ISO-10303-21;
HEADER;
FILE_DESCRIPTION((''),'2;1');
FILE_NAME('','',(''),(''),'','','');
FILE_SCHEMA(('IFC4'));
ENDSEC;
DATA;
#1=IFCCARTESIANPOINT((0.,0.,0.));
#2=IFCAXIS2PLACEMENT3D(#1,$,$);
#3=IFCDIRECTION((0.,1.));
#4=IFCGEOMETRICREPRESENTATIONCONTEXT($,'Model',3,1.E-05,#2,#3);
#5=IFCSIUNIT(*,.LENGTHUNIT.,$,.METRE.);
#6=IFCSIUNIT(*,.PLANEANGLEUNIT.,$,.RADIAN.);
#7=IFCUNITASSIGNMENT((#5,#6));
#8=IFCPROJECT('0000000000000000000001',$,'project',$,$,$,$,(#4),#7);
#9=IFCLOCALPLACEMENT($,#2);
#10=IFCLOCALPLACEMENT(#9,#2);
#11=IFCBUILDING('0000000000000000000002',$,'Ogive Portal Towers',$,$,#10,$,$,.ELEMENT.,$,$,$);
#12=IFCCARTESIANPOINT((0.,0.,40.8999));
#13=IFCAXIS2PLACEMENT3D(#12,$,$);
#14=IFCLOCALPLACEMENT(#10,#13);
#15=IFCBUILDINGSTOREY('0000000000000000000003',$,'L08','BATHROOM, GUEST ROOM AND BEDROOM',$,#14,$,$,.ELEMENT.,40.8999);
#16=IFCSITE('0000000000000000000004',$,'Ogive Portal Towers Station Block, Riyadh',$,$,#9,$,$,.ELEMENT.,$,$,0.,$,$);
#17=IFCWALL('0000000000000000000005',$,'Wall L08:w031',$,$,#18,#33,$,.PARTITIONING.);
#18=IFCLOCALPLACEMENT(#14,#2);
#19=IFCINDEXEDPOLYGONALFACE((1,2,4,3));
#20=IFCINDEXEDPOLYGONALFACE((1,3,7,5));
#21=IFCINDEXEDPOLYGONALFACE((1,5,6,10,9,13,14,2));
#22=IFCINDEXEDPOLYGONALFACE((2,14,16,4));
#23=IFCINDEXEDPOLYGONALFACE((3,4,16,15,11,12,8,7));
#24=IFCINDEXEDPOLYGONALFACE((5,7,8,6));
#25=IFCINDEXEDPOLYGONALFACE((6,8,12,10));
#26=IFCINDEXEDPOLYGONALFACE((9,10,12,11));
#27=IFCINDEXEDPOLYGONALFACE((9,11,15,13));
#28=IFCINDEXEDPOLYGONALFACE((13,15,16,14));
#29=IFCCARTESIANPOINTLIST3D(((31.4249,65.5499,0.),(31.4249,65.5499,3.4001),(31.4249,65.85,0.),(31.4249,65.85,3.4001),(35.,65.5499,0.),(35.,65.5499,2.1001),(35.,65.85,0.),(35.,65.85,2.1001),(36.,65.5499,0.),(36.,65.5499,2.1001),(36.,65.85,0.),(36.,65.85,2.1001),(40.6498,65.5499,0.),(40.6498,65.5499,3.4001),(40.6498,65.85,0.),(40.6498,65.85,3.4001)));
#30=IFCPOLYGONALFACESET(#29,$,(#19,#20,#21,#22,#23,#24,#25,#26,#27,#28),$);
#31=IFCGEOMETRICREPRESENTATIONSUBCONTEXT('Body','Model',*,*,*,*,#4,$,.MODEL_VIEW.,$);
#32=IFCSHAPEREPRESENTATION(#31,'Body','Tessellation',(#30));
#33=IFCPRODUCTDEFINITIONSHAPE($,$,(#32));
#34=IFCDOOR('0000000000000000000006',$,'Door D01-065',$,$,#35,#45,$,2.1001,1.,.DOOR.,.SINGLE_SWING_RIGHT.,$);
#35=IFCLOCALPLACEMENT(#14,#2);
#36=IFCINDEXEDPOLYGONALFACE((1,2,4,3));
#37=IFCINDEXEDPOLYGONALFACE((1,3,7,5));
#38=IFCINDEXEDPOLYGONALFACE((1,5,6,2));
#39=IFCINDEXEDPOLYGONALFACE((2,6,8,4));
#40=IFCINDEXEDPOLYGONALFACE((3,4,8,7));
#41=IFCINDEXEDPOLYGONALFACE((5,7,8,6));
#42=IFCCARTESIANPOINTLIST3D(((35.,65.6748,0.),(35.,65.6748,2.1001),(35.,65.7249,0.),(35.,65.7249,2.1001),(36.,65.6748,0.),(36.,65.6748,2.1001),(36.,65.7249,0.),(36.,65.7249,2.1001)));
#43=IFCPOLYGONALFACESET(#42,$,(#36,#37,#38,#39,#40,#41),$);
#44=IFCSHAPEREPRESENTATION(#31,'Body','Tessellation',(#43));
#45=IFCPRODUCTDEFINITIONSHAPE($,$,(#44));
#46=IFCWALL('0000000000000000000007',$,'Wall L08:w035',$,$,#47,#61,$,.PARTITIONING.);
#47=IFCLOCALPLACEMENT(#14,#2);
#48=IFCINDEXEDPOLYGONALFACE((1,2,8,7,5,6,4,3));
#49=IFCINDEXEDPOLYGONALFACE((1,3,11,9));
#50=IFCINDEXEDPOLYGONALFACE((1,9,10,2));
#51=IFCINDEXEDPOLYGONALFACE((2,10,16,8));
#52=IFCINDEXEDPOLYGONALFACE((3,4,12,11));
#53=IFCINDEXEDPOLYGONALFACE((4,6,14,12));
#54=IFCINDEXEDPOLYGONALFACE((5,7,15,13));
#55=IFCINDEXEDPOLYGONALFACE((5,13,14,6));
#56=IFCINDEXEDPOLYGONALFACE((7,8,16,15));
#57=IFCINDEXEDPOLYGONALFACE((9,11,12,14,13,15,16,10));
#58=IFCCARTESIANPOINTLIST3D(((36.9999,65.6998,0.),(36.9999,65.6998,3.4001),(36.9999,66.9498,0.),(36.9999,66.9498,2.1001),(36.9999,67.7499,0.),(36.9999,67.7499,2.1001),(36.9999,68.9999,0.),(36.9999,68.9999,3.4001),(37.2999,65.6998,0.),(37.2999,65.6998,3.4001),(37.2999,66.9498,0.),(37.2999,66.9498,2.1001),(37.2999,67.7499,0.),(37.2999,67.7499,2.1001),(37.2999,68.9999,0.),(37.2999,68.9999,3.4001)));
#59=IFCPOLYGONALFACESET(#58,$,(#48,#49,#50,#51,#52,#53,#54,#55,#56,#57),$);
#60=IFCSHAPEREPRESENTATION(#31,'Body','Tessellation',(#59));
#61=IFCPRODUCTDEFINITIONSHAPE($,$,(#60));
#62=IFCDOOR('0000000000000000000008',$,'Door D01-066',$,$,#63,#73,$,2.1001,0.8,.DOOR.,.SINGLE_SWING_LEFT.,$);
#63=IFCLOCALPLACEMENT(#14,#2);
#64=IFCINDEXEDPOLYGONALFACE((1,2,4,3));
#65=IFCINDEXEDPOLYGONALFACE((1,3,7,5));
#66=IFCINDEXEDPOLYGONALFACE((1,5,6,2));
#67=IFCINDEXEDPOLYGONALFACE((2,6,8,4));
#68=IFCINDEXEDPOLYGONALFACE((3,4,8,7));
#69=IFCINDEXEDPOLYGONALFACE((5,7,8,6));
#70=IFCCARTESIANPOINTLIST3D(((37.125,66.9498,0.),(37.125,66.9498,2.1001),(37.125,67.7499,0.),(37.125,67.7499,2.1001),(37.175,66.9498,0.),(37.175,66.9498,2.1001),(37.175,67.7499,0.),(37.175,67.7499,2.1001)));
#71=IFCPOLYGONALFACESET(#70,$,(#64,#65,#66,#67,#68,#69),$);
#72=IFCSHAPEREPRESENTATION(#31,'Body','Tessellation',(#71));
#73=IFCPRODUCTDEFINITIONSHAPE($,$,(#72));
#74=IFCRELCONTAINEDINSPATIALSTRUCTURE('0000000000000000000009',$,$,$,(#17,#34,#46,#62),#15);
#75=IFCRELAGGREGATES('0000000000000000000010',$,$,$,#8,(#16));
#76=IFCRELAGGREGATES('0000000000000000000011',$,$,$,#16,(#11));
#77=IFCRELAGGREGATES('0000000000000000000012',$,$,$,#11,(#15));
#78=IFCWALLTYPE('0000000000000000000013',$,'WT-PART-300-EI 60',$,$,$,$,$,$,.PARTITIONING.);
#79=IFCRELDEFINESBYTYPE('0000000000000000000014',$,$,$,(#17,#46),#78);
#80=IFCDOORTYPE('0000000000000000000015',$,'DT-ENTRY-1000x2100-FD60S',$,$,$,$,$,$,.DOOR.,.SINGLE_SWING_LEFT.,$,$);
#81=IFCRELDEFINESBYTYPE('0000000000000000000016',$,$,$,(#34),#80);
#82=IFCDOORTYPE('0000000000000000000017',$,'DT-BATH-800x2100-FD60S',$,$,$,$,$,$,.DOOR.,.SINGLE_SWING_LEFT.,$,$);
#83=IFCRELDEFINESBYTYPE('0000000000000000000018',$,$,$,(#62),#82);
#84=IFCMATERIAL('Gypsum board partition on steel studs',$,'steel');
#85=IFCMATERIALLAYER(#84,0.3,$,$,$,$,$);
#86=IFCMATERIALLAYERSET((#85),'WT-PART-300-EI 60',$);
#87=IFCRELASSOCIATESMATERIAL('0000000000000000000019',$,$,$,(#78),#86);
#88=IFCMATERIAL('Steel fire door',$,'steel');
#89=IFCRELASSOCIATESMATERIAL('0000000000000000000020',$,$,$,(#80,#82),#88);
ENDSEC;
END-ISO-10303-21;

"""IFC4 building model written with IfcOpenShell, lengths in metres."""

from ifc_helpers import new_model, si_unit, direction, frame, frame_2d, origin, place, context, subcontext, project, spatial, rectangle, extrude, material, layer, layer_set, type_object, element, fill, save


model = new_model("IFC4")

# Units and contexts
model_context = context("Model", 3, precision=1e-05, world=origin(), true_north=direction((0.0, 1.0)))
body_context = subcontext(model_context, "Body", "Model", "MODEL_VIEW")
ifc_project = project(units=[si_unit("LENGTHUNIT", "METRE"), si_unit("PLANEANGLEUNIT", "RADIAN")], contexts=[model_context])

# Site, building, storey
site_placement = place(None, origin())
site = spatial("IfcSite", under=ifc_project, at=site_placement, Name="Ogive Portal Towers Station Block, Riyadh", CompositionType="ELEMENT", RefElevation=0.0)
building_placement = place(site_placement, origin())
building = spatial("IfcBuilding", under=site, at=building_placement, Name="Ogive Portal Towers", CompositionType="ELEMENT")
storey_placement = place(building_placement, frame((0.0, 0.0, 40.8999)))
storey = spatial("IfcBuildingStorey", under=building, at=storey_placement, Name="L08", Description="BATHROOM, GUEST ROOM AND BEDROOM", CompositionType="ELEMENT", Elevation=40.8999)

# Shared definitions
ifc_material_1 = material(Name="Steel fire door", Category="steel")

# Shared definitions
ifc_material_2 = material(Name="Gypsum board partition on steel studs", Category="steel")
ifc_layer_1 = layer(ifc_material_2, 0.3)
ifc_layer_set_1 = layer_set([ifc_layer_1], Name="WT-PART-300-EI 60")
wall_type_1 = type_object("IfcWallType", Name="WT-PART-300-EI 60", PredefinedType="PARTITIONING", material=ifc_layer_set_1)

# Walls, openings, doors
wall_1_placement = place(storey_placement, frame((31.425, 65.7, 0.0), z_axis=(0.0, 0.0, 1.0), x_axis=(1.0, 0.0, 0.0)))
wall_1 = element("IfcWall", 1, at=wall_1_placement, inside=storey, type_object=wall_type_1, Name="Wall L08:w031", PredefinedType="PARTITIONING", context=body_context, shape_type="SweptSolid", body=[
    extrude(rectangle(XDim=9.2249, YDim=0.3, at=frame_2d((4.6123, 0.0))), origin(), (0.0, 0.0, 1.0), 3.4001),
])
opening_1_placement = place(wall_1_placement, frame((3.575, 0.0, 0.0)))
opening_1 = element("IfcOpeningElement", 2, at=opening_1_placement, cuts=wall_1, PredefinedType="OPENING", context=body_context, shape_type="SweptSolid", body=[
    extrude(rectangle(XDim=1.0, YDim=2.1001, at=frame_2d((0.5, 1.05))), frame((0.0, 0.1602, 0.0), z_axis=(0.0, -1.0, 0.0), x_axis=(1.0, 0.0, 0.0)), (0.0, 0.0, 1.0), 0.3201),
])
door_type_1 = type_object("IfcDoorType", Name="DT-ENTRY-1000x2100-FD60S", OperationType="SINGLE_SWING_LEFT", PredefinedType="DOOR", material=ifc_material_1)
door_1_placement = place(opening_1_placement, origin())
door_1 = element("IfcDoor", 3, at=door_1_placement, inside=storey, type_object=door_type_1, Name="Door D01-065", OperationType="SINGLE_SWING_RIGHT", OverallHeight=2.1001, OverallWidth=1.0, PredefinedType="DOOR", context=body_context, shape_type="SweptSolid", body=[
    extrude(rectangle(XDim=1.0, YDim=2.1001, at=frame_2d((0.5, 1.05))), frame((0.0, 0.0249, 0.0), z_axis=(0.0, -1.0, 0.0), x_axis=(1.0, 0.0, 0.0)), (0.0, 0.0, 1.0), 0.05),
])
fill(opening_1, door_1)
wall_2_placement = place(storey_placement, frame((37.1499, 65.7, 0.0), z_axis=(0.0, 0.0, 1.0), x_axis=(0.0, 1.0, 0.0)))
wall_2 = element("IfcWall", 4, at=wall_2_placement, inside=storey, type_object=wall_type_1, Name="Wall L08:w035", PredefinedType="PARTITIONING", context=body_context, shape_type="SweptSolid", body=[
    extrude(rectangle(XDim=3.3, YDim=0.3, at=frame_2d((1.6499, 0.0))), origin(), (0.0, 0.0, 1.0), 3.4001),
])
opening_2_placement = place(wall_2_placement, frame((1.25, 0.0, 0.0)))
opening_2 = element("IfcOpeningElement", 5, at=opening_2_placement, cuts=wall_2, PredefinedType="OPENING", context=body_context, shape_type="SweptSolid", body=[
    extrude(rectangle(XDim=0.8, YDim=2.1001, at=frame_2d((0.3999, 1.05))), frame((0.0, 0.1602, 0.0), z_axis=(0.0, -1.0, 0.0), x_axis=(1.0, 0.0, 0.0)), (0.0, 0.0, 1.0), 0.3201),
])
door_type_2 = type_object("IfcDoorType", Name="DT-BATH-800x2100-FD60S", OperationType="SINGLE_SWING_LEFT", PredefinedType="DOOR", material=ifc_material_1)
door_2_placement = place(opening_2_placement, origin())
door_2 = element("IfcDoor", 6, at=door_2_placement, inside=storey, type_object=door_type_2, Name="Door D01-066", OperationType="SINGLE_SWING_LEFT", OverallHeight=2.1001, OverallWidth=0.8, PredefinedType="DOOR", context=body_context, shape_type="SweptSolid", body=[
    extrude(rectangle(XDim=0.8, YDim=2.1001, at=frame_2d((0.3999, 1.05))), frame((0.0, 0.0249, 0.0), z_axis=(0.0, -1.0, 0.0), x_axis=(1.0, 0.0, 0.0)), (0.0, 0.0, 1.0), 0.05),
])
fill(opening_2, door_2)

save(model, "model.ifc")
